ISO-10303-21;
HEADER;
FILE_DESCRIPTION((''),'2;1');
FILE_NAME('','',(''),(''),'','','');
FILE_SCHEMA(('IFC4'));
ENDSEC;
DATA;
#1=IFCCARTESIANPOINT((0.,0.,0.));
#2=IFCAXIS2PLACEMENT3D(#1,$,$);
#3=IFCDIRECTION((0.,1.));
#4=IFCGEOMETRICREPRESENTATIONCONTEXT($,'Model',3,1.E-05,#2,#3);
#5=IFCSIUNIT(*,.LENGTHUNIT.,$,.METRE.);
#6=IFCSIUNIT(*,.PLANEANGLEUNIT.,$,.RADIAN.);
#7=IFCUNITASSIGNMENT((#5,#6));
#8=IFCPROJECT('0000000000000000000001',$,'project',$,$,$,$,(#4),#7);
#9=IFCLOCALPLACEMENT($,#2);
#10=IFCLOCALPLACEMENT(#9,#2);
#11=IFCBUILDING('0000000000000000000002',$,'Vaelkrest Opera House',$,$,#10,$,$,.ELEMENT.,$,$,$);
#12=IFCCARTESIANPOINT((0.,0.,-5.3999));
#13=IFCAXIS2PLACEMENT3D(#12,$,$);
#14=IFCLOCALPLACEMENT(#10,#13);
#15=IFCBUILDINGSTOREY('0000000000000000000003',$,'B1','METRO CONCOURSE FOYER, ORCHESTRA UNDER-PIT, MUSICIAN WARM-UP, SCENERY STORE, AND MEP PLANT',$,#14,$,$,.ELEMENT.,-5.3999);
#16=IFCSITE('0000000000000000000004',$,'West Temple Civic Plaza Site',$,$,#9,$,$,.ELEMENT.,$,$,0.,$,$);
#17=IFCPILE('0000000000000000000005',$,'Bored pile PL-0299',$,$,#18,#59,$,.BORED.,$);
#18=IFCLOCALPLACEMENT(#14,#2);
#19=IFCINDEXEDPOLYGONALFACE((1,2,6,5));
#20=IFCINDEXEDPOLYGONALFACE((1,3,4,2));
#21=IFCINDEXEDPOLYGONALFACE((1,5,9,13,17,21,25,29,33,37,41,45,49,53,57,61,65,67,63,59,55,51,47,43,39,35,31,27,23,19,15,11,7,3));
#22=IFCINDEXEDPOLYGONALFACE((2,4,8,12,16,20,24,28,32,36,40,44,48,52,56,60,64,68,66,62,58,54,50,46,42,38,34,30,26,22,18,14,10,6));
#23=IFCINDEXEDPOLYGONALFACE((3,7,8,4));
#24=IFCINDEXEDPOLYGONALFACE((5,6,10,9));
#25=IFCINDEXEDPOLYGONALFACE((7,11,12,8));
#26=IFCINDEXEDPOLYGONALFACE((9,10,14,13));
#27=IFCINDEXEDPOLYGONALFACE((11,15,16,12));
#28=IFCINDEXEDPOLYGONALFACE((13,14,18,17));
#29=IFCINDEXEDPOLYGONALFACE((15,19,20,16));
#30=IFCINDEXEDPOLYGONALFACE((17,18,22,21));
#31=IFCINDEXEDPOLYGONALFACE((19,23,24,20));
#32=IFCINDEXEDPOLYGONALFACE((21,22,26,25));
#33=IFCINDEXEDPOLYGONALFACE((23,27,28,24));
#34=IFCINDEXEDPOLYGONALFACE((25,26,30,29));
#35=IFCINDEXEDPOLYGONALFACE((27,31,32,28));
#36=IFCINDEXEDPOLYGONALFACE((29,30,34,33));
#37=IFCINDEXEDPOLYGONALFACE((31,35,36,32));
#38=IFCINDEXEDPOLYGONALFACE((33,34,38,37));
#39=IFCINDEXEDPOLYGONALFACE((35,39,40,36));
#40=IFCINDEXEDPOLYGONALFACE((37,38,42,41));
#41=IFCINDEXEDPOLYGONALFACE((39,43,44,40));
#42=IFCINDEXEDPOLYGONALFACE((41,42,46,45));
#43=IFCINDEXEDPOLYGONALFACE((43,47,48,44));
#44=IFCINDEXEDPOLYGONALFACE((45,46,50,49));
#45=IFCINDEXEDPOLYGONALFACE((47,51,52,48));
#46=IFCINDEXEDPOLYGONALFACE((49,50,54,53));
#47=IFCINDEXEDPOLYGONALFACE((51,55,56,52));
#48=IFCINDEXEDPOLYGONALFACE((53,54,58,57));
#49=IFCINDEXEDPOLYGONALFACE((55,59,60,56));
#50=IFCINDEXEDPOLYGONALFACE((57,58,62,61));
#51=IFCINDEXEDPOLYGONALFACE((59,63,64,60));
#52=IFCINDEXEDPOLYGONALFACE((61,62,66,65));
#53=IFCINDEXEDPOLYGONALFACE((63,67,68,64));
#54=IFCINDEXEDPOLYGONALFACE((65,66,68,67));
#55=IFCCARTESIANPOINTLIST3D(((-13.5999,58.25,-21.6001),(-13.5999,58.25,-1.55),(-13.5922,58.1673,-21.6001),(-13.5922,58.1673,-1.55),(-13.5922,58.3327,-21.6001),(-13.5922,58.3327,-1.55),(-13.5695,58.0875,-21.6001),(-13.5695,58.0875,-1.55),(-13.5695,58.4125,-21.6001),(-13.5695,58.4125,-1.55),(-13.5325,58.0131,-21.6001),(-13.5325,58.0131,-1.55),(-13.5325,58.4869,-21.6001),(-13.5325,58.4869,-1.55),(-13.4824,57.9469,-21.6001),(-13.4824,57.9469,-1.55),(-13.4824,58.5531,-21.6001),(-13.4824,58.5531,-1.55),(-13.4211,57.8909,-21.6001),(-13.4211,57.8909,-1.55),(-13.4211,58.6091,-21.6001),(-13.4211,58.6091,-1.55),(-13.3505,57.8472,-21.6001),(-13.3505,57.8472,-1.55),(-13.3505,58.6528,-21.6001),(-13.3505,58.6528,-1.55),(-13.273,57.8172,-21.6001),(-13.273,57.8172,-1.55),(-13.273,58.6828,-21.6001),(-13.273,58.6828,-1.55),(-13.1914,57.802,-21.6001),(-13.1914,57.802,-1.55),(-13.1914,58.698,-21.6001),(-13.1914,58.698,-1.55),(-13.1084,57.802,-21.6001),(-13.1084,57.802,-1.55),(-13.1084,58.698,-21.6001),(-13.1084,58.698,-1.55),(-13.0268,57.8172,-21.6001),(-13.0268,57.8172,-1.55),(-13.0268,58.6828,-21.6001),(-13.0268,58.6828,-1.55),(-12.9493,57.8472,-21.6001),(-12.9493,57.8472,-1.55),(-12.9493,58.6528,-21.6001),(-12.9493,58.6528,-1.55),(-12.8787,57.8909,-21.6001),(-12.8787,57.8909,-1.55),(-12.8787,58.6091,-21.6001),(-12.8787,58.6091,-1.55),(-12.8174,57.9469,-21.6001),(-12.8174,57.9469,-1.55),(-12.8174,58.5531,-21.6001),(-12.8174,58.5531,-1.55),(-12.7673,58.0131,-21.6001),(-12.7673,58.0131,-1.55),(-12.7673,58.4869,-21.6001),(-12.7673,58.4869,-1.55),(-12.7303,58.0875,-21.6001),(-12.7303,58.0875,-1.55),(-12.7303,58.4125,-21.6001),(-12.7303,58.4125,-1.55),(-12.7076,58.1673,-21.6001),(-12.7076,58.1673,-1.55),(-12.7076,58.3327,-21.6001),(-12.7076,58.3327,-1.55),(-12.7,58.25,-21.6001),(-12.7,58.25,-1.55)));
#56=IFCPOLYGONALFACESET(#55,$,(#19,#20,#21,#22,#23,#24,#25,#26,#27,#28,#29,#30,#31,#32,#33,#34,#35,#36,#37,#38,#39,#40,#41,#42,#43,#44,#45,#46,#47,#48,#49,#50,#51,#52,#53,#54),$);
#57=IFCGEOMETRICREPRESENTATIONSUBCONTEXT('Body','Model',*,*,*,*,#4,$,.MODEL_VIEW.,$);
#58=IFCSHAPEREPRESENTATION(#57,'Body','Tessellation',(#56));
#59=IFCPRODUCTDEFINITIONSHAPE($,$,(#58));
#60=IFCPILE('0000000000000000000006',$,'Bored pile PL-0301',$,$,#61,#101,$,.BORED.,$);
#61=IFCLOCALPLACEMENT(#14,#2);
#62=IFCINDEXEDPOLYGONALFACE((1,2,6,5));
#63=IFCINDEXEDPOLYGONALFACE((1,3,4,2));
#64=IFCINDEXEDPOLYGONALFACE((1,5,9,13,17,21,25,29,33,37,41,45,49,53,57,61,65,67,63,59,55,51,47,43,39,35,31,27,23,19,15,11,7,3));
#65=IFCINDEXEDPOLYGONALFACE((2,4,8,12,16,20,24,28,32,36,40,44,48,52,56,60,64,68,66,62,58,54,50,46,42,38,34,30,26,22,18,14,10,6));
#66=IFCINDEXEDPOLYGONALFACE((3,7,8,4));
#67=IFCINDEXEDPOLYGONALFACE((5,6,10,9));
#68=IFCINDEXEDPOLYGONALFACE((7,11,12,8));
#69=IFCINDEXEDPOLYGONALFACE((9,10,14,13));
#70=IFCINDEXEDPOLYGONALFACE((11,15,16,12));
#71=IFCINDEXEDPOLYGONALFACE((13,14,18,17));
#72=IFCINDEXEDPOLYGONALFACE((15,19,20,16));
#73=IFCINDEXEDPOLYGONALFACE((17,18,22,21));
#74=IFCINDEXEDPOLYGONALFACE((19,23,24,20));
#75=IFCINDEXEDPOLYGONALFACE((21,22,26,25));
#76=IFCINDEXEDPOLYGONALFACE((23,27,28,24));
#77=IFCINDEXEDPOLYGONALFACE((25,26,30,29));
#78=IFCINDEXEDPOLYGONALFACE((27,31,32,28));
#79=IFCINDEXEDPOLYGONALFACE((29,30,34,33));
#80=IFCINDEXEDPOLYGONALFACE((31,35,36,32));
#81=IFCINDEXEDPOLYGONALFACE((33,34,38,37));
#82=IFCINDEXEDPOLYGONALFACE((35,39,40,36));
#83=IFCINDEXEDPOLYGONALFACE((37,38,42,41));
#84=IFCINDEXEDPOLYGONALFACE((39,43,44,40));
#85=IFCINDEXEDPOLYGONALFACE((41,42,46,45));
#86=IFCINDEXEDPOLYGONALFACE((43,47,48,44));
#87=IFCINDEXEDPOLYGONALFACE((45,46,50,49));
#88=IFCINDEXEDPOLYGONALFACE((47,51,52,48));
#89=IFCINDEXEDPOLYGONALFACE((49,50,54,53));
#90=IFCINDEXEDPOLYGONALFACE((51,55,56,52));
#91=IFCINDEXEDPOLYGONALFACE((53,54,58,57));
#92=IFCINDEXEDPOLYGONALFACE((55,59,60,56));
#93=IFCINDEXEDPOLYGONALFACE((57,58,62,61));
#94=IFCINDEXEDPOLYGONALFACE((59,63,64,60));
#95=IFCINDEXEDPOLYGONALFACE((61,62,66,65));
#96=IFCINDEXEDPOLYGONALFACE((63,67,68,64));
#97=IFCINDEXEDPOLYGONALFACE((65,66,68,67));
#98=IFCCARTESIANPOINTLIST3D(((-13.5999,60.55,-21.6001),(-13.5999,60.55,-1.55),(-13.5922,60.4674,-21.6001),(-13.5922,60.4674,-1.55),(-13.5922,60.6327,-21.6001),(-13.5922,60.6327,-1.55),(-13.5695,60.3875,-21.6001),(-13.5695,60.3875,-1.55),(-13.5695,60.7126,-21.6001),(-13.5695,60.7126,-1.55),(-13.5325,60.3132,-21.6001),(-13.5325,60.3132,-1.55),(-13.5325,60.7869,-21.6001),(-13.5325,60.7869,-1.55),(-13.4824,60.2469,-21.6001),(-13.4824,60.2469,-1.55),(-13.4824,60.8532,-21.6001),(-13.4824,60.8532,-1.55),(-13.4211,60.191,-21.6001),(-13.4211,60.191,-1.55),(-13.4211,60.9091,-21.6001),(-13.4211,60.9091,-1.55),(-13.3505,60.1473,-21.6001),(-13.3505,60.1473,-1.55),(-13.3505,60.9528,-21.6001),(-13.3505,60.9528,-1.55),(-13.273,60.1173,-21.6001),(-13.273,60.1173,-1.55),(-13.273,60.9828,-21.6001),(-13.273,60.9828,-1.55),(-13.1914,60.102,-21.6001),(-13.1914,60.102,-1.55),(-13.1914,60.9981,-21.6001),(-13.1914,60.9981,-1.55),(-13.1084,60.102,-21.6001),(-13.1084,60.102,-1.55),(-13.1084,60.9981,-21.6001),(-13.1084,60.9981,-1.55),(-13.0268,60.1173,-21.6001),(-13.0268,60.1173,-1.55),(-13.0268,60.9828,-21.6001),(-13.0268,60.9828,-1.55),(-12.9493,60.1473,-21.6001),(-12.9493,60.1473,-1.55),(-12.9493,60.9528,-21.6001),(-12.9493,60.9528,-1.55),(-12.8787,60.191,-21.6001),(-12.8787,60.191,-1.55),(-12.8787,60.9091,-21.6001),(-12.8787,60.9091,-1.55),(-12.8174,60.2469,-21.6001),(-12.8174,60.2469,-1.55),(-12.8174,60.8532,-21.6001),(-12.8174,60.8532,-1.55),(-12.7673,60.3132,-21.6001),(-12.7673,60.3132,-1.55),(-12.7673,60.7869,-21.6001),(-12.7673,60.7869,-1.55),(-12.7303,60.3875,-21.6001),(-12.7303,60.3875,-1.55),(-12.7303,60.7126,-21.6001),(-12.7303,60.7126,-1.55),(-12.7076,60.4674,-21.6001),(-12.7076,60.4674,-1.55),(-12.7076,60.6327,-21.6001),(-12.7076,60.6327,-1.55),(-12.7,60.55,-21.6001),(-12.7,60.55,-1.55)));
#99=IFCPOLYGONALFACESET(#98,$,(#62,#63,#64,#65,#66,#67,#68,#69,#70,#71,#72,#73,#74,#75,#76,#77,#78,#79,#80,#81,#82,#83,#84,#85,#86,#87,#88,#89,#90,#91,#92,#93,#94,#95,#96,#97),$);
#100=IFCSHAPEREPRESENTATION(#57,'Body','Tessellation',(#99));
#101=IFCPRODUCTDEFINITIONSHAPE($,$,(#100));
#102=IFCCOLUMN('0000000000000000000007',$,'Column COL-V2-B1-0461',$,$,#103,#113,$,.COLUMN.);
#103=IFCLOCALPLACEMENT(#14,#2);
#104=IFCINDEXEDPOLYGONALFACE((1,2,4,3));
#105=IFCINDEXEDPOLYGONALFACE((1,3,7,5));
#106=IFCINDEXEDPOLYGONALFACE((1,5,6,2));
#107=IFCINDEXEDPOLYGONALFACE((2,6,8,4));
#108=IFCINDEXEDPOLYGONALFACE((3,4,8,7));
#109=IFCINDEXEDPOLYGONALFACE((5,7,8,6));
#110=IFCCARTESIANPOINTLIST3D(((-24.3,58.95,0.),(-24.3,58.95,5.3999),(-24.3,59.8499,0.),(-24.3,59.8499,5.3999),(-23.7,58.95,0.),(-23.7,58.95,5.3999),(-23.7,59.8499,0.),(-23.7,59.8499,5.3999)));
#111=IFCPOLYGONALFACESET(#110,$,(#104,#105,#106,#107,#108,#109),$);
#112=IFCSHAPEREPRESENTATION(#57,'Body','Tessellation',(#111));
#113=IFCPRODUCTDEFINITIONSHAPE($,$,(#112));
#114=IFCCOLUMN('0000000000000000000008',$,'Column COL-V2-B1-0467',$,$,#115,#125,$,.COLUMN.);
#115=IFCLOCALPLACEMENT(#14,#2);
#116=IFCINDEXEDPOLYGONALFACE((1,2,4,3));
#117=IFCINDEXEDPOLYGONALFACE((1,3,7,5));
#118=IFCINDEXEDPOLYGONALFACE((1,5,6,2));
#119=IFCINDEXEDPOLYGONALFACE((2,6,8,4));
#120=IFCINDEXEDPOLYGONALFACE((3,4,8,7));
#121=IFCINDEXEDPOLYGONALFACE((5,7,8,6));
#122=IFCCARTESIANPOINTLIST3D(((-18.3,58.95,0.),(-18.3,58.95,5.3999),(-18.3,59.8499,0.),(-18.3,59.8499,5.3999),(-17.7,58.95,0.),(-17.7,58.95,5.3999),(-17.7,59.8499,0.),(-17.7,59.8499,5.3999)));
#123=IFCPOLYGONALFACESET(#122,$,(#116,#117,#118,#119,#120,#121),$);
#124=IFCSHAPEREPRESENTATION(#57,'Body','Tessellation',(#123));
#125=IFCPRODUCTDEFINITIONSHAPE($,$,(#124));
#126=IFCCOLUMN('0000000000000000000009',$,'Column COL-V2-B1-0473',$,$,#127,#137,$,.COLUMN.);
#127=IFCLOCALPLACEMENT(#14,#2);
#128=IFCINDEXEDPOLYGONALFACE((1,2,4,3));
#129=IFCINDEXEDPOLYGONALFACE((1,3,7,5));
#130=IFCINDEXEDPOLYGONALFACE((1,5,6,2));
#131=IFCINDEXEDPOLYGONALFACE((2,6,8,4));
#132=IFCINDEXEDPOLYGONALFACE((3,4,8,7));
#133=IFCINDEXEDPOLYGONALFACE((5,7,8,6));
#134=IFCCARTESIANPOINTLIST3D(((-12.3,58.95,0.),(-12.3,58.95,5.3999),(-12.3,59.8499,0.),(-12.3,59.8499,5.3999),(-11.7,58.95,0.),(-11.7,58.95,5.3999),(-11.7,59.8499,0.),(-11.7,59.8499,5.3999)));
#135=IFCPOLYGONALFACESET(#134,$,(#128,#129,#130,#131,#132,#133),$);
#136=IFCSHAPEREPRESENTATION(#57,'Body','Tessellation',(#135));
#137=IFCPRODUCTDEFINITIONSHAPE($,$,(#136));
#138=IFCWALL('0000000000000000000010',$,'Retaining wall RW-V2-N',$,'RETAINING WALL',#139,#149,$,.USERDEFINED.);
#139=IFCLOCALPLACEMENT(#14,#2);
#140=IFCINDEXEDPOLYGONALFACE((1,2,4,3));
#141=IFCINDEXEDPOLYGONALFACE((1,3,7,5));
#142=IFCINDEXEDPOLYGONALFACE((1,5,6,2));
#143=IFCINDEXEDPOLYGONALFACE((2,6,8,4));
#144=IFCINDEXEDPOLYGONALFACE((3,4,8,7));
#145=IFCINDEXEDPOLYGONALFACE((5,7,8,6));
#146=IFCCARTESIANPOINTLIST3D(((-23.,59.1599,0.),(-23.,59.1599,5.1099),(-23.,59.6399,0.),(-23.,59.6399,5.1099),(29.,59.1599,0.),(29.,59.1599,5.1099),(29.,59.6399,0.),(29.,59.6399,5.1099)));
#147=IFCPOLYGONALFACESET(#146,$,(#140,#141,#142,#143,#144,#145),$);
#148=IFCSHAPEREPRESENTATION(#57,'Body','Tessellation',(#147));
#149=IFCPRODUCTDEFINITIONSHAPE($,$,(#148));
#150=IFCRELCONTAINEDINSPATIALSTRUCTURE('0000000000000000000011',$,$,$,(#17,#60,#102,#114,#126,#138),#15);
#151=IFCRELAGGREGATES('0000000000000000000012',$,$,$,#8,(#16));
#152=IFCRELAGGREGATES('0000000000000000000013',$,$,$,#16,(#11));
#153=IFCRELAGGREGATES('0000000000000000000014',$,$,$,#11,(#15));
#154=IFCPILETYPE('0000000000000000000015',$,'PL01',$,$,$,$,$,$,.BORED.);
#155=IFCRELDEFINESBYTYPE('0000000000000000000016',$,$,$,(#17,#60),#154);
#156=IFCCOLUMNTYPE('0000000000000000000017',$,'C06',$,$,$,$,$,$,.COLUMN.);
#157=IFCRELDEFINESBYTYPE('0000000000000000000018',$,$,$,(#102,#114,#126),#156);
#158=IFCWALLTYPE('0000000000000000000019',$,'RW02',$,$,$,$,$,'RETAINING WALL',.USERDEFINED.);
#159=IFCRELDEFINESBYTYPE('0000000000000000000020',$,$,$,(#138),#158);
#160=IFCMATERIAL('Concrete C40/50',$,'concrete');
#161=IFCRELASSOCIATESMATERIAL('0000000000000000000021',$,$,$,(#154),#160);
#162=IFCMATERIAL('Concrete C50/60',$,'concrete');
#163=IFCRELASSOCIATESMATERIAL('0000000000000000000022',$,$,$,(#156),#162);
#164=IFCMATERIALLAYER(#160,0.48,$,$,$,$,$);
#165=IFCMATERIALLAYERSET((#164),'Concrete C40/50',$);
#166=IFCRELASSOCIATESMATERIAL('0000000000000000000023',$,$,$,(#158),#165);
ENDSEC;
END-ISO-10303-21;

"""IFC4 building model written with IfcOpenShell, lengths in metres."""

from ifc_helpers import new_model, si_unit, direction, frame, frame_2d, origin, origin_2d, place, context, subcontext, project, spatial, rectangle, circle, extrude, material, layer, layer_set, material_profile, profile_set, type_object, element, save


model = new_model("IFC4")

# Units and contexts
model_context = context("Model", 3, precision=1e-05, world=origin(), true_north=direction((0.0, 1.0)))
body_context = subcontext(model_context, "Body", "Model", "MODEL_VIEW")
ifc_project = project(units=[si_unit("LENGTHUNIT", "METRE"), si_unit("PLANEANGLEUNIT", "RADIAN")], contexts=[model_context])

# Site, building, storey
site_placement = place(None, origin())
site = spatial("IfcSite", under=ifc_project, at=site_placement, Name="West Temple Civic Plaza Site", CompositionType="ELEMENT", RefElevation=0.0)
building_placement = place(site_placement, origin())
building = spatial("IfcBuilding", under=site, at=building_placement, Name="Vaelkrest Opera House", CompositionType="ELEMENT")
storey_placement = place(building_placement, frame((0.0, 0.0, -5.3999)))
storey = spatial("IfcBuildingStorey", under=building, at=storey_placement, Name="B1", Description="METRO CONCOURSE FOYER, ORCHESTRA UNDER-PIT, MUSICIAN WARM-UP, SCENERY STORE, AND MEP PLANT", CompositionType="ELEMENT", Elevation=-5.3999)

# Shared definitions
ifc_material_1 = material(Name="Concrete C40/50", Category="concrete")

# Piles
ifc_material_profile_1 = material_profile(ifc_material_1, circle(Radius=0.45, at=origin_2d()), Name="PILE900")
ifc_profile_set_1 = profile_set([ifc_material_profile_1], Name="Concrete C40/50")
pile_type = type_object("IfcPileType", Name="PL01", PredefinedType="BORED", material=ifc_profile_set_1)
for number, where, z_axis, x_axis, name in (
    (1, (-13.1499, 58.25, -1.55), (0.0, 0.0, -1.0), (1.0, 0.0, 0.0), "Bored pile PL-0299"),
    (2, (-13.1499, 60.55, -1.55), (0.0, 0.0, -1.0), (1.0, 0.0, 0.0), "Bored pile PL-0301"),
):
    element("IfcPile", number, at=place(storey_placement, frame(where, z_axis=z_axis, x_axis=x_axis)), inside=storey, type_object=pile_type, Name=name, PredefinedType="BORED", context=body_context, shape_type="SweptSolid", body=[
        extrude(circle(Radius=0.45, at=origin_2d()), origin(), (0.0, 0.0, 1.0), 20.05),
    ])

# Columns
ifc_material_2 = material(Name="Concrete C50/60", Category="concrete")
ifc_material_profile_2 = material_profile(ifc_material_2, rectangle(XDim=0.6001, YDim=0.8999, at=origin_2d()), Name="RC600X900")
ifc_profile_set_2 = profile_set([ifc_material_profile_2], Name="Concrete C50/60")
column_type = type_object("IfcColumnType", Name="C06", PredefinedType="COLUMN", material=ifc_profile_set_2)
for number, where, z_axis, x_axis, name in (
    (3, (-24.0, 59.3999, 0.0), (0.0, 0.0, 1.0), (1.0, 0.0, 0.0), "Column COL-V2-B1-0461"),
    (4, (-18.0, 59.3999, 0.0), (0.0, 0.0, 1.0), (1.0, 0.0, 0.0), "Column COL-V2-B1-0467"),
    (5, (-12.0, 59.3999, 0.0), (0.0, 0.0, 1.0), (1.0, 0.0, 0.0), "Column COL-V2-B1-0473"),
):
    element("IfcColumn", number, at=place(storey_placement, frame(where, z_axis=z_axis, x_axis=x_axis)), inside=storey, type_object=column_type, Name=name, PredefinedType="COLUMN", context=body_context, shape_type="SweptSolid", body=[
        extrude(rectangle(XDim=0.6001, YDim=0.8999, at=origin_2d()), origin(), (0.0, 0.0, 1.0), 5.3999),
    ])

# Wall
ifc_layer = layer(ifc_material_1, 0.48)
ifc_layer_set = layer_set([ifc_layer], Name="Concrete C40/50")
wall_type = type_object("IfcWallType", Name="RW02", ElementType="RETAINING WALL", PredefinedType="USERDEFINED", material=ifc_layer_set)
wall_placement = place(storey_placement, frame((-23.0, 59.3999, 0.0), z_axis=(0.0, 0.0, 1.0), x_axis=(1.0, 0.0, 0.0)))
element("IfcWall", 6, at=wall_placement, inside=storey, type_object=wall_type, Name="Retaining wall RW-V2-N", ObjectType="RETAINING WALL", PredefinedType="USERDEFINED", context=body_context, shape_type="SweptSolid", body=[
    extrude(rectangle(XDim=52.0, YDim=0.48, at=frame_2d((26.0, 0.0))), origin(), (0.0, 0.0, 1.0), 5.1099),
])

save(model, "model.ifc")
